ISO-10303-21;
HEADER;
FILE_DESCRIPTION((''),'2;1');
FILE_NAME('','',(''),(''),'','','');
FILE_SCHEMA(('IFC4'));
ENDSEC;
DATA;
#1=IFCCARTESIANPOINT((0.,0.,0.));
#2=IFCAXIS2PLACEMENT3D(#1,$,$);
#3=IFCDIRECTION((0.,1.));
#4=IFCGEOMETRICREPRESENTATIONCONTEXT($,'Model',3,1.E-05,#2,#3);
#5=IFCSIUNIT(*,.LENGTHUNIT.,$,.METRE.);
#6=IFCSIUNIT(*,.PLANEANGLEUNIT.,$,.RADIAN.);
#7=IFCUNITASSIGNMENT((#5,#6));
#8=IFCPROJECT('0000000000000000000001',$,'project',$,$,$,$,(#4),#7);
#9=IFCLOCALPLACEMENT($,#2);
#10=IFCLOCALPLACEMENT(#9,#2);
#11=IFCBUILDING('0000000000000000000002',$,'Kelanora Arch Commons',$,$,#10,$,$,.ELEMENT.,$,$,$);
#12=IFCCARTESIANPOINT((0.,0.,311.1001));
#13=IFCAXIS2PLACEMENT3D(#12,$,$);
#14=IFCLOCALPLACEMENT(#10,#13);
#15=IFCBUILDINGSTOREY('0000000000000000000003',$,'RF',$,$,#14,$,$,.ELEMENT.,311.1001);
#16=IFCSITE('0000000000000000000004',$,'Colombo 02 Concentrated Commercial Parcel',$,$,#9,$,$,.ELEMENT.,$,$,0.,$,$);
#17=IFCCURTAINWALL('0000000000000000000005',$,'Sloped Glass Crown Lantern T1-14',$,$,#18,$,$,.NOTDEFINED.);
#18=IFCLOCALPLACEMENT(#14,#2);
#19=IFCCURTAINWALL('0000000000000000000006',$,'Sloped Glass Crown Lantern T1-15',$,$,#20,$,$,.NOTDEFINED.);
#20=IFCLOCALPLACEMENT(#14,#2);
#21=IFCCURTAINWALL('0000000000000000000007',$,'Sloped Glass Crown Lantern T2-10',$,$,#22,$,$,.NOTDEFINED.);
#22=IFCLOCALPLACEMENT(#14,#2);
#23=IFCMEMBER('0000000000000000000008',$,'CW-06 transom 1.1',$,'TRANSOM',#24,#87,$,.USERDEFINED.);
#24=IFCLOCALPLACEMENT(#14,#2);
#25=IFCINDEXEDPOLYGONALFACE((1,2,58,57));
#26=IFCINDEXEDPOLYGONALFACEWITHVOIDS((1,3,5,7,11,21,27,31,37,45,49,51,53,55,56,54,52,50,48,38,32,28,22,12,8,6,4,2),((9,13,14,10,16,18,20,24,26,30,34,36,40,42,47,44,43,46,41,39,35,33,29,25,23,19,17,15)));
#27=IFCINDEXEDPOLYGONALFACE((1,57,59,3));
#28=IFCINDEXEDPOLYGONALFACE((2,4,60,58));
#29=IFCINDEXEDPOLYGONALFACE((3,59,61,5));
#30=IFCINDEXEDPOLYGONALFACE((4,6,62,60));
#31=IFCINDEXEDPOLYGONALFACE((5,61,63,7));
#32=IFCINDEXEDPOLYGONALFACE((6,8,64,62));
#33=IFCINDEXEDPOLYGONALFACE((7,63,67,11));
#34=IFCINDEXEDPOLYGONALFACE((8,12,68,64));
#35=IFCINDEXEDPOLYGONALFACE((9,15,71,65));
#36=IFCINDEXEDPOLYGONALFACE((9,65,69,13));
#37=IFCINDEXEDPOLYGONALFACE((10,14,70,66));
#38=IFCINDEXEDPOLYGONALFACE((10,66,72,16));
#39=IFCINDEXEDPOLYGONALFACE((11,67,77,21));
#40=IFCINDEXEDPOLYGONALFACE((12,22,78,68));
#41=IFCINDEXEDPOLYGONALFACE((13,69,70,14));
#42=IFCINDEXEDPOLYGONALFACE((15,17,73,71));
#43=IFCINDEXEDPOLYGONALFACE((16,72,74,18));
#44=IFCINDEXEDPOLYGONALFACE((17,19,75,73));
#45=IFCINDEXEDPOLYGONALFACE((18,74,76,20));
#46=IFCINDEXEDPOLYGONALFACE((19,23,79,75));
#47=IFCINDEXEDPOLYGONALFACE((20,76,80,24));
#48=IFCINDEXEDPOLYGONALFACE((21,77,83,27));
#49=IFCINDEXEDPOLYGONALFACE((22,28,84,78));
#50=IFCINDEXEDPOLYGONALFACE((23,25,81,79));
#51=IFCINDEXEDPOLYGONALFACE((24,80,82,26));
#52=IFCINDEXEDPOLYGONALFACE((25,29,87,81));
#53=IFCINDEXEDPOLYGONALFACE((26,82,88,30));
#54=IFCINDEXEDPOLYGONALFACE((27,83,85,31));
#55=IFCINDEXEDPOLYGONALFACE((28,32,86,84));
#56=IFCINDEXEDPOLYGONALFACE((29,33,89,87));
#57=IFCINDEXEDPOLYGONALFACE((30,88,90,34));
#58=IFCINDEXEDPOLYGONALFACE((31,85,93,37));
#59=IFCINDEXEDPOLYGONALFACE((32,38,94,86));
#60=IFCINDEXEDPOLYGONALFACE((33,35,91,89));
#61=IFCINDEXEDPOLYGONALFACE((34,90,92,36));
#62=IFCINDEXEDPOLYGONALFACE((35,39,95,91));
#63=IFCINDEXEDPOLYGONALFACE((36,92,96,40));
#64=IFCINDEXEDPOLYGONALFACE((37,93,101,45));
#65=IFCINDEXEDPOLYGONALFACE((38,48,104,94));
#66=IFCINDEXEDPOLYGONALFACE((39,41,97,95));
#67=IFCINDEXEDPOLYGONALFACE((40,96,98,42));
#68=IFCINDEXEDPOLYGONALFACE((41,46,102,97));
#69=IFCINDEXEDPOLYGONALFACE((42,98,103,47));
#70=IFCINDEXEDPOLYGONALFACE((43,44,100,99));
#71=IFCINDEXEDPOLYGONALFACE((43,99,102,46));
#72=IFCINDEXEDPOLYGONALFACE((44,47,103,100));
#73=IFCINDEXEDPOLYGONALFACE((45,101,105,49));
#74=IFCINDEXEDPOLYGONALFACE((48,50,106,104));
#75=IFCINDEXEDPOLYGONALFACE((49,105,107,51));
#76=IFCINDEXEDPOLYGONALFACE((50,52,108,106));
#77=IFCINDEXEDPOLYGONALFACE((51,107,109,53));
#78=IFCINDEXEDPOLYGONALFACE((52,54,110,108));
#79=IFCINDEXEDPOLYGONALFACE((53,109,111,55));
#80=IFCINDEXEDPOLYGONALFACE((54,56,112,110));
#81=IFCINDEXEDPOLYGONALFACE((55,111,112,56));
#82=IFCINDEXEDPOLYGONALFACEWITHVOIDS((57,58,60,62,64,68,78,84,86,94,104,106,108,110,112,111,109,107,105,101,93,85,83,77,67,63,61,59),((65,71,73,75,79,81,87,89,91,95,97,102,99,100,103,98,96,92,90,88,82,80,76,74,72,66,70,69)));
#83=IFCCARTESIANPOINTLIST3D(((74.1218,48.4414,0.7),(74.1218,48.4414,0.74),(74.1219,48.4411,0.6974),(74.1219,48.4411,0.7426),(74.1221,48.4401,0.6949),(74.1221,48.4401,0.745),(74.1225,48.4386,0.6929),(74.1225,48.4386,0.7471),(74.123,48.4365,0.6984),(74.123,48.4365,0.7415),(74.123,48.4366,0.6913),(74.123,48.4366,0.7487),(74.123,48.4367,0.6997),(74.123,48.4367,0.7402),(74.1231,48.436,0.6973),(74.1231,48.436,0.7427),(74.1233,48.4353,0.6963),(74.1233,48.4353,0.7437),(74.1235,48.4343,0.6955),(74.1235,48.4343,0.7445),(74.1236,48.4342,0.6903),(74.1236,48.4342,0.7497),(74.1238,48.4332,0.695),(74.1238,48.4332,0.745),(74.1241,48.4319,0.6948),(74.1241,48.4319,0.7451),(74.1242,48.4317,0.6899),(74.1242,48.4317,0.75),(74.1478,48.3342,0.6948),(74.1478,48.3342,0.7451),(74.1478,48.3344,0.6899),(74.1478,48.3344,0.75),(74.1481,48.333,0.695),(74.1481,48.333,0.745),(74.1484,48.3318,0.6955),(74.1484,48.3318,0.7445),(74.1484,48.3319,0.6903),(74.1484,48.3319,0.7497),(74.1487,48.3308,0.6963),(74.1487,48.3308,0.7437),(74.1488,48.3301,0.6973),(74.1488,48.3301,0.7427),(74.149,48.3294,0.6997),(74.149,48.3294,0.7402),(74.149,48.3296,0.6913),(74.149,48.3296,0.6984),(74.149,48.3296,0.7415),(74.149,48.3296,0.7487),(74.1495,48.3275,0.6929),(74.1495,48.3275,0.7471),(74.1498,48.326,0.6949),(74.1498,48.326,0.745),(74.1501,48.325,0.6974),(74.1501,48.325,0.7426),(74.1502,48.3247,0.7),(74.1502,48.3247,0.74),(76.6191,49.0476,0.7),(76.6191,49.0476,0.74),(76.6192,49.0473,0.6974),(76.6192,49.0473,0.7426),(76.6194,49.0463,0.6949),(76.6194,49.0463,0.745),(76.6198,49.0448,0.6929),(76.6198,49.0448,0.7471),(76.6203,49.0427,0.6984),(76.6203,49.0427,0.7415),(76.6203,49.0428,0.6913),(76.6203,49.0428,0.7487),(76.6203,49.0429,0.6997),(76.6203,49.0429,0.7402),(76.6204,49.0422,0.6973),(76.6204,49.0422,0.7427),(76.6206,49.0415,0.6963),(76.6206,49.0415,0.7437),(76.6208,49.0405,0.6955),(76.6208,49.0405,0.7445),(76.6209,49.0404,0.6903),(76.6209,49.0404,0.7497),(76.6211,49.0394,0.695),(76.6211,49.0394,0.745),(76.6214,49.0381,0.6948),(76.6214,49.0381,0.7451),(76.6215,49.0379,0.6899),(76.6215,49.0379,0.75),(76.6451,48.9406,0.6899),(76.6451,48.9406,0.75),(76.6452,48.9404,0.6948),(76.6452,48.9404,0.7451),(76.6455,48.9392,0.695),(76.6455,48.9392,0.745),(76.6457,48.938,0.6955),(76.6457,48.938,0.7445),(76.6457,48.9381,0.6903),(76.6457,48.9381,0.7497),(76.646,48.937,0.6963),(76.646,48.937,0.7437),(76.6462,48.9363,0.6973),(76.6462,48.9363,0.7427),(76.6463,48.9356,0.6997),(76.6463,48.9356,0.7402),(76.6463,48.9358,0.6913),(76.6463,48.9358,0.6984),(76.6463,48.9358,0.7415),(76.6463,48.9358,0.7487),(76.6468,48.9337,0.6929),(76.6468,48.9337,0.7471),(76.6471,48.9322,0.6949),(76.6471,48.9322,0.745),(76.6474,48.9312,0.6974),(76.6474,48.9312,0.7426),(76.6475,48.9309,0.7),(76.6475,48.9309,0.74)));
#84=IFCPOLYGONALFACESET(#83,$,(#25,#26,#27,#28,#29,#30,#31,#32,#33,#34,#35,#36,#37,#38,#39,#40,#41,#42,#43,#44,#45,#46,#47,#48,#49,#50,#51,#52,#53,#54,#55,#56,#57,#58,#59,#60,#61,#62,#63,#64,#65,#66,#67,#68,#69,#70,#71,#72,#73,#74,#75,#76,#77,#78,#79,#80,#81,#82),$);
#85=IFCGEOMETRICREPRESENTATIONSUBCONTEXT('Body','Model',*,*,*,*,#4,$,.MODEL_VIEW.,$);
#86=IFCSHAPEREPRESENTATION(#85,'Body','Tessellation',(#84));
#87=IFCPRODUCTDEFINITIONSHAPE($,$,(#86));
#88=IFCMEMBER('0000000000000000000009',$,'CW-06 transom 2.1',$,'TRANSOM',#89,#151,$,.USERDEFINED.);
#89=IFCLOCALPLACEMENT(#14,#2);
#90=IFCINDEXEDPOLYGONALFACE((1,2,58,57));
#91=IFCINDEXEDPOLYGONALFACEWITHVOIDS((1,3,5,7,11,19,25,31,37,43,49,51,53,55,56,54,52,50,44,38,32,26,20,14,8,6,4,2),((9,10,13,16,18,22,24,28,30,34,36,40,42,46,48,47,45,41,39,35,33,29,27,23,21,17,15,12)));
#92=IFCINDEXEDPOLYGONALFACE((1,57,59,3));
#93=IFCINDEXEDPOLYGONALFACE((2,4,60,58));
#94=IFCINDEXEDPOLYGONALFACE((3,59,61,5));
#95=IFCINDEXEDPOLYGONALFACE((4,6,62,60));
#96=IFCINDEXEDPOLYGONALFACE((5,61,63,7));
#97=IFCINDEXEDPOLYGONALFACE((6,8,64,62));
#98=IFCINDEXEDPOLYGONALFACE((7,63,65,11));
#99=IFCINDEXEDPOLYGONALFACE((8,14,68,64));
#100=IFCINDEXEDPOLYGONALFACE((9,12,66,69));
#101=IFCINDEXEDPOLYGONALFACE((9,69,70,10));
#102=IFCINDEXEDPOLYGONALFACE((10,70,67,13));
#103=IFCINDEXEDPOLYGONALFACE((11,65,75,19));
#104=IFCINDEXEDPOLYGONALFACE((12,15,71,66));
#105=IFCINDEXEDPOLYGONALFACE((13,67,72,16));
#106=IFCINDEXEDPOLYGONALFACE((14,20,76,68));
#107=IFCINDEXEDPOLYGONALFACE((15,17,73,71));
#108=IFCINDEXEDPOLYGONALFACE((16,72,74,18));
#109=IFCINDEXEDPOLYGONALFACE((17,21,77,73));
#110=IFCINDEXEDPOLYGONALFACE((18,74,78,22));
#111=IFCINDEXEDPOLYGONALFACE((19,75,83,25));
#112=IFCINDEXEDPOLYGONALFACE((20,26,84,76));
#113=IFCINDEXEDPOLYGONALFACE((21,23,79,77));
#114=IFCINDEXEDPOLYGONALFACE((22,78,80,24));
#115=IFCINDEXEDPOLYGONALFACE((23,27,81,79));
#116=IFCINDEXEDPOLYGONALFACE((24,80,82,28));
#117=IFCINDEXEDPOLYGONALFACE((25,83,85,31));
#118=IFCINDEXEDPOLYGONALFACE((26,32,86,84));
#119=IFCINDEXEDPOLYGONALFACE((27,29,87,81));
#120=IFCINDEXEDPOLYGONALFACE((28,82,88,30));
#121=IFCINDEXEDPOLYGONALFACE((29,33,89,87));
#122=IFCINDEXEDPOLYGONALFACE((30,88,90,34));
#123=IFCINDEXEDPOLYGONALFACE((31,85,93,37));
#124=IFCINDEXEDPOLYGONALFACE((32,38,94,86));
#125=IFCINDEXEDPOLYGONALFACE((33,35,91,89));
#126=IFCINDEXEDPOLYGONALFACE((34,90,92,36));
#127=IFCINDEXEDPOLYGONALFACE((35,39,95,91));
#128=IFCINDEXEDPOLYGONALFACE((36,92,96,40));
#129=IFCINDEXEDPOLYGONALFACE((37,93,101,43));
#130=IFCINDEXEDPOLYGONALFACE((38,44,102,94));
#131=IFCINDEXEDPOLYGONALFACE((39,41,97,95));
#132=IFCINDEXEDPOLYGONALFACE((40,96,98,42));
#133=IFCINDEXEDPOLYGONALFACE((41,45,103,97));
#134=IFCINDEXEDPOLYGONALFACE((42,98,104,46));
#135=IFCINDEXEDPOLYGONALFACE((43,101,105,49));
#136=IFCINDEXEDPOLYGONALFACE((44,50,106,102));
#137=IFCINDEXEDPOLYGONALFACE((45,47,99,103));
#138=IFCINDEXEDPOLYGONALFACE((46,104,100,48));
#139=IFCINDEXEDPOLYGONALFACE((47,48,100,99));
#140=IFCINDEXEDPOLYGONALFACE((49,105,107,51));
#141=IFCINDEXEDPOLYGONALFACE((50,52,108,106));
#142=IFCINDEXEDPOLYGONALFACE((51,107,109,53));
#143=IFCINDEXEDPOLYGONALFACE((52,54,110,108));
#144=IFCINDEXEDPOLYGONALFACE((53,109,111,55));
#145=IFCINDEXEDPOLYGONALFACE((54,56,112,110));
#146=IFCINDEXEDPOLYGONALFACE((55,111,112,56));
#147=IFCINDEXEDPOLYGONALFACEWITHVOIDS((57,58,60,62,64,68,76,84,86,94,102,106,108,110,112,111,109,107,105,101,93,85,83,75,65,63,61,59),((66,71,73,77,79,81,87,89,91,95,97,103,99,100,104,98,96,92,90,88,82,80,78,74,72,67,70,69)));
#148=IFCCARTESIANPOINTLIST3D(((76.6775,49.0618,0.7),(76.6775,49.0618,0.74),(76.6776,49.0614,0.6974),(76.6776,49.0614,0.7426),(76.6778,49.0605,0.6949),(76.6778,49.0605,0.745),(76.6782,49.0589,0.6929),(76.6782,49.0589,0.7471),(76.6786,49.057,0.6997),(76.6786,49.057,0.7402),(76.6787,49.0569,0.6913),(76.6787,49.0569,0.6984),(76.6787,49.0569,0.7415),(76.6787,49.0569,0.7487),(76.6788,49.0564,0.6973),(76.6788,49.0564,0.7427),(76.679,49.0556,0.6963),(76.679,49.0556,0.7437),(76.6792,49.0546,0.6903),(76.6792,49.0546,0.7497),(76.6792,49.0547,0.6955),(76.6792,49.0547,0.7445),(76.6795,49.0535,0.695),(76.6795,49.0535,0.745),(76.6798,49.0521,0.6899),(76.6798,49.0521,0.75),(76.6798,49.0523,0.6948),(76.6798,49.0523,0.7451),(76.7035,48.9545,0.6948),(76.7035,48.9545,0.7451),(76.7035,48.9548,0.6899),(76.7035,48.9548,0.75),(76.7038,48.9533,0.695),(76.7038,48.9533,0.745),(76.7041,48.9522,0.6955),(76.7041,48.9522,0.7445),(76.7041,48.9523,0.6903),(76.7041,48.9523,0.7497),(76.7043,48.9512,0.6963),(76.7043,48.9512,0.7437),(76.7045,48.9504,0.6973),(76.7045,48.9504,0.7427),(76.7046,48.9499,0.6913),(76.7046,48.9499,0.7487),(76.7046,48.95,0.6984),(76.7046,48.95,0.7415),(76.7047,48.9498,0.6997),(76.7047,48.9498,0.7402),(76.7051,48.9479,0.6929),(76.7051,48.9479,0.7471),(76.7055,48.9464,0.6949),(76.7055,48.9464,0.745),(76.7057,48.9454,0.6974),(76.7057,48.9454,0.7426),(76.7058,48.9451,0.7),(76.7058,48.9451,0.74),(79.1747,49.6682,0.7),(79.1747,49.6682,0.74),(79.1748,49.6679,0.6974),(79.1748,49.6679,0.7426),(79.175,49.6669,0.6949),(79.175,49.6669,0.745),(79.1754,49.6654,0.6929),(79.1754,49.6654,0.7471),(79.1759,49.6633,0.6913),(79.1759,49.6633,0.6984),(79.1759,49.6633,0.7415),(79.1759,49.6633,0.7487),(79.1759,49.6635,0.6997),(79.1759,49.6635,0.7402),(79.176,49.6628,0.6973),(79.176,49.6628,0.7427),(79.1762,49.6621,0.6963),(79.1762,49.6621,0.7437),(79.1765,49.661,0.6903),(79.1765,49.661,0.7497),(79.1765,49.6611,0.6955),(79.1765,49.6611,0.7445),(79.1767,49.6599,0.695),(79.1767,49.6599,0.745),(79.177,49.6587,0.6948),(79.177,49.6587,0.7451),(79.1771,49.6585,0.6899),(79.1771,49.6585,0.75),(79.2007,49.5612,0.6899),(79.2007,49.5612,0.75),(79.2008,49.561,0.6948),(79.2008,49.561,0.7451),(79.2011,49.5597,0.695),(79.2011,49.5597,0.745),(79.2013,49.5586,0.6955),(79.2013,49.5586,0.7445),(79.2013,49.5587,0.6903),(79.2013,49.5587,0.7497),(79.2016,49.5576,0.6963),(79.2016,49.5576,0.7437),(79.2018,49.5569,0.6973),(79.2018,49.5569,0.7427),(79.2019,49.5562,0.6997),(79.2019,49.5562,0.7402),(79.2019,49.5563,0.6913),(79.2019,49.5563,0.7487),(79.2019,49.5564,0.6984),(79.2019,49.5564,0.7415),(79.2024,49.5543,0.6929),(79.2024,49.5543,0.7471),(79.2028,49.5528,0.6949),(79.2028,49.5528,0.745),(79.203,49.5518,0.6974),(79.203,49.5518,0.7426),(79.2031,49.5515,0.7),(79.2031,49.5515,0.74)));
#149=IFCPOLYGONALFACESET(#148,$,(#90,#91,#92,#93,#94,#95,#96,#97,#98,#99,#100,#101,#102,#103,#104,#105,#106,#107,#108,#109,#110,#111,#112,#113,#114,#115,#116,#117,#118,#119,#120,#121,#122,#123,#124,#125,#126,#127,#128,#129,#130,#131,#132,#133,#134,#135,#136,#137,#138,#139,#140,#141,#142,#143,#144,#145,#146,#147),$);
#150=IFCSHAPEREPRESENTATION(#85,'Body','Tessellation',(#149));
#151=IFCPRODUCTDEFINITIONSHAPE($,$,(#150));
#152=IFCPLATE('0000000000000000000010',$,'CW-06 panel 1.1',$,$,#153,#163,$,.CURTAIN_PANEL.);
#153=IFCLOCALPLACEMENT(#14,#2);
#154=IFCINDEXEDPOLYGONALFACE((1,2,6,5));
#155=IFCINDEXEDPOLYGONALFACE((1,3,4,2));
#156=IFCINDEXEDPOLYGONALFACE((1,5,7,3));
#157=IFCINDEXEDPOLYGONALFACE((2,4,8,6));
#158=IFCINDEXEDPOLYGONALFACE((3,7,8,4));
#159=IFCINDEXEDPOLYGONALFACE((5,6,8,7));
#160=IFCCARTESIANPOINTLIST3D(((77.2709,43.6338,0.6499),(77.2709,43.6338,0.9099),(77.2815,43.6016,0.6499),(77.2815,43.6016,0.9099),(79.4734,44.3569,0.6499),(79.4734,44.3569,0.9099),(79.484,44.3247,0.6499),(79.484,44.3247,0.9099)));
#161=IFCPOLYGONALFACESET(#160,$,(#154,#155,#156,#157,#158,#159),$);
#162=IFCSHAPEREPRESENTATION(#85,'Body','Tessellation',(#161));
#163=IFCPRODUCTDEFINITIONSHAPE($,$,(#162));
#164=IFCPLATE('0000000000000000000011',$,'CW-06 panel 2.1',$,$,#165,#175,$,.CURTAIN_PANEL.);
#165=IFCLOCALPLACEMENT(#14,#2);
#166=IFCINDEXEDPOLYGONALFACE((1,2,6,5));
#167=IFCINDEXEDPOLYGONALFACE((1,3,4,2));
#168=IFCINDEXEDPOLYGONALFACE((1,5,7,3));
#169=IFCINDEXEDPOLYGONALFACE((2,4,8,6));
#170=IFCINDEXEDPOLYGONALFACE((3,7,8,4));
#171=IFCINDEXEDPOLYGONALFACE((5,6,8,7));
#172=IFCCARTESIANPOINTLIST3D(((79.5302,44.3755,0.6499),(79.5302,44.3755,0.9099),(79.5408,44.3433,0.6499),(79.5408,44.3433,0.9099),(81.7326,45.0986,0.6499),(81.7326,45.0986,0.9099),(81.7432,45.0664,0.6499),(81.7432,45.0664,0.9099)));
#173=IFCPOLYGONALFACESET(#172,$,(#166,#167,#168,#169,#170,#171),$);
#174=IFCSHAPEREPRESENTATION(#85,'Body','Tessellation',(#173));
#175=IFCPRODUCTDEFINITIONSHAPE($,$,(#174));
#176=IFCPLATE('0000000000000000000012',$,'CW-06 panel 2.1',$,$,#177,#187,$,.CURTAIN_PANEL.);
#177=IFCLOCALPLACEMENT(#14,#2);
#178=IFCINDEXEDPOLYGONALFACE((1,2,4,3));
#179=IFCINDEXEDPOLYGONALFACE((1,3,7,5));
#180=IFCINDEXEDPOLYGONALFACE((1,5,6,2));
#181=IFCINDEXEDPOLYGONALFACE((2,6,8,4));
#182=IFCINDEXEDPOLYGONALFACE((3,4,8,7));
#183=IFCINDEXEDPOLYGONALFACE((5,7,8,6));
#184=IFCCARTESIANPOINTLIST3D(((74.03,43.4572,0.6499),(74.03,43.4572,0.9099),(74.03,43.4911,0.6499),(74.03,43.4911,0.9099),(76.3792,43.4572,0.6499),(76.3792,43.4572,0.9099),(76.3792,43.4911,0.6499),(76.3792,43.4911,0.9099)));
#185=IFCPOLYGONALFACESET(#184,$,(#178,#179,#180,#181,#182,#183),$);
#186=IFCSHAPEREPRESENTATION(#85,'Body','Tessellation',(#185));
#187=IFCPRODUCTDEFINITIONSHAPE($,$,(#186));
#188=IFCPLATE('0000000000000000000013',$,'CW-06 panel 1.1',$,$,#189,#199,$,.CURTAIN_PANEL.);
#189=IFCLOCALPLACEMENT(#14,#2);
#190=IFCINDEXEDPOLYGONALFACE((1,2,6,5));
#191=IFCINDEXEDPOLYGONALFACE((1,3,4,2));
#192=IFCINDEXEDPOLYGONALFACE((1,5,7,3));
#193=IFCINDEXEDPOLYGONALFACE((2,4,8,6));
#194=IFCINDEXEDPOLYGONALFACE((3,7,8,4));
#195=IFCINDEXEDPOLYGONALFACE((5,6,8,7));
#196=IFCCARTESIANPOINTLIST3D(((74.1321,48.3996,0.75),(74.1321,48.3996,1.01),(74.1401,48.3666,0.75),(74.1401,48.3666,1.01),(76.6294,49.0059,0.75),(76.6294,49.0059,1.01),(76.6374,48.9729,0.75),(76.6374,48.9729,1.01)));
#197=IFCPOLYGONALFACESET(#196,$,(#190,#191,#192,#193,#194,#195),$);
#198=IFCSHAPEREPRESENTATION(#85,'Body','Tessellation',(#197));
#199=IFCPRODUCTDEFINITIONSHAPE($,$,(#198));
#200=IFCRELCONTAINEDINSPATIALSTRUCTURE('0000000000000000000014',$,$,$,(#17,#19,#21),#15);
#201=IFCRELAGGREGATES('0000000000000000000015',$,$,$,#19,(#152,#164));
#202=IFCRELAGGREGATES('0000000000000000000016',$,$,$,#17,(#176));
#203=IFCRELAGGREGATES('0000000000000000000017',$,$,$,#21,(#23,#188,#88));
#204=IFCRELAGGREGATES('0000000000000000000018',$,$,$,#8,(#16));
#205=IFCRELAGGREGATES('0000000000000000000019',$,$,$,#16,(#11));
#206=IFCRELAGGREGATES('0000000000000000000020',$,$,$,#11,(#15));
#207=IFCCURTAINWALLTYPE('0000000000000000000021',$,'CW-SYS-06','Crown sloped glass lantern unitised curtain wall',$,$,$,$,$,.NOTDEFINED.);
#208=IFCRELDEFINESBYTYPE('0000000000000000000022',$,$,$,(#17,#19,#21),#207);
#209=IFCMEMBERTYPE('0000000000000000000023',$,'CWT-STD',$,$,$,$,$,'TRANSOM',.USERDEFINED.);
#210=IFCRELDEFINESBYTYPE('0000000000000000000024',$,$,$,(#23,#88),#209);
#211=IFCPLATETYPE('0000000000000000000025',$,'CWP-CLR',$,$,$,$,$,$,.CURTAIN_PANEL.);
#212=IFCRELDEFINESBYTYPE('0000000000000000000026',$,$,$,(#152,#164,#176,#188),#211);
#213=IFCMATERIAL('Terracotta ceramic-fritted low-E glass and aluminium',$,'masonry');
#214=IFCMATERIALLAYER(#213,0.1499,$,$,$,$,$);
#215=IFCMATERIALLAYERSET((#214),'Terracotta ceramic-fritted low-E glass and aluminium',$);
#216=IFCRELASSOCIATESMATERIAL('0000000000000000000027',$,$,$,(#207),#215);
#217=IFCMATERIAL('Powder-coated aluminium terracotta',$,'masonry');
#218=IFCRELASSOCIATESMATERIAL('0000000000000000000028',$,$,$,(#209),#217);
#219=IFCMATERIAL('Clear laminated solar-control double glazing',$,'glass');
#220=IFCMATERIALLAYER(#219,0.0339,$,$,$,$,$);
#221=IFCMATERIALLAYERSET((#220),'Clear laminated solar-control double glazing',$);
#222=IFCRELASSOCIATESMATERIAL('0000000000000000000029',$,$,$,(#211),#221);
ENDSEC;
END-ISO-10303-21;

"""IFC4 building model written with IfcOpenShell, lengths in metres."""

from ifc_helpers import new_model, si_unit, direction, frame, origin, origin_2d, place, context, subcontext, project, spatial, rectangle, hollow_rectangle, extrude, source, transform, mapped, material, layer, layer_set, material_profile, profile_set, type_object, element, aggregate, save


model = new_model("IFC4")

# Units and contexts
model_context = context("Model", 3, precision=1e-05, world=origin(), true_north=direction((0.0, 1.0)))
body_context = subcontext(model_context, "Body", "Model", "MODEL_VIEW")
ifc_project = project(units=[si_unit("LENGTHUNIT", "METRE"), si_unit("PLANEANGLEUNIT", "RADIAN")], contexts=[model_context])

# Site, building, storey
site_placement = place(None, origin())
site = spatial("IfcSite", under=ifc_project, at=site_placement, Name="Colombo 02 Concentrated Commercial Parcel", CompositionType="ELEMENT", RefElevation=0.0)
building_placement = place(site_placement, origin())
building = spatial("IfcBuilding", under=site, at=building_placement, Name="Kelanora Arch Commons", CompositionType="ELEMENT")
storey_placement = place(building_placement, frame((0.0, 0.0, 311.1001)))
storey = spatial("IfcBuildingStorey", under=building, at=storey_placement, Name="RF", CompositionType="ELEMENT", Elevation=311.1001)

# Curtain walls
ifc_material_1 = material(Name="Terracotta ceramic-fritted low-E glass and aluminium", Category="masonry")
ifc_layer_1 = layer(ifc_material_1, 0.1499)
ifc_layer_set_1 = layer_set([ifc_layer_1], Name="Terracotta ceramic-fritted low-E glass and aluminium")
curtain_wall_type = type_object("IfcCurtainWallType", Name="CW-SYS-06", Description="Crown sloped glass lantern unitised curtain wall", PredefinedType="NOTDEFINED", material=ifc_layer_set_1)
curtain_wall_1_placement = place(storey_placement, origin())
curtain_wall_1 = element("IfcCurtainWall", 1, at=curtain_wall_1_placement, inside=storey, type_object=curtain_wall_type, Name="Sloped Glass Crown Lantern T1-14", PredefinedType="NOTDEFINED")
ifc_material_2 = material(Name="Powder-coated aluminium terracotta", Category="masonry")
curtain_wall_2_placement = place(storey_placement, origin())
curtain_wall_2 = element("IfcCurtainWall", 2, at=curtain_wall_2_placement, inside=storey, type_object=curtain_wall_type, Name="Sloped Glass Crown Lantern T1-15", PredefinedType="NOTDEFINED")

# Curtain wall
curtain_wall_3_placement = place(storey_placement, origin())
curtain_wall_3 = element("IfcCurtainWall", 3, at=curtain_wall_3_placement, inside=storey, type_object=curtain_wall_type, Name="Sloped Glass Crown Lantern T2-10", PredefinedType="NOTDEFINED")

# Members
ifc_material_profile_1 = material_profile(ifc_material_2, hollow_rectangle(XDim=0.1201, YDim=0.0601, WallThickness=0.0049, InnerFilletRadius=0.0049, OuterFilletRadius=0.01, at=origin_2d()), Name="CWT120x60")
ifc_profile_set_1 = profile_set([ifc_material_profile_1], Name="Powder-coated aluminium terracotta")
member_type_1 = type_object("IfcMemberType", Name="CWT-STD", ElementType="TRANSOM", PredefinedType="USERDEFINED", material=ifc_profile_set_1)
member_1_placement = place(storey_placement, frame((74.136, 48.3831, 0.72), z_axis=(0.97178, 0.235891, 0.0), x_axis=(-0.235891, 0.97178, 0.0)))
member_1 = element("IfcMember", 4, at=member_1_placement, type_object=member_type_1, Name="CW-06 transom 1.1", ObjectType="TRANSOM", PredefinedType="USERDEFINED", context=body_context, shape_type="SweptSolid", body=[
    extrude(hollow_rectangle(XDim=0.1201, YDim=0.0601, WallThickness=0.0049, InnerFilletRadius=0.0049, OuterFilletRadius=0.01, at=origin_2d()), origin(), (0.0, 0.0, 1.0), 2.5698),
])
member_2_placement = place(storey_placement, frame((76.6917, 49.0034, 0.72), z_axis=(0.971758, 0.235981, 0.0), x_axis=(-0.235981, 0.971758, 0.0)))
member_2 = element("IfcMember", 5, at=member_2_placement, type_object=member_type_1, Name="CW-06 transom 2.1", ObjectType="TRANSOM", PredefinedType="USERDEFINED", context=body_context, shape_type="SweptSolid", body=[
    extrude(hollow_rectangle(XDim=0.1201, YDim=0.0601, WallThickness=0.0049, InnerFilletRadius=0.0049, OuterFilletRadius=0.01, at=origin_2d()), origin(), (0.0, 0.0, 1.0), 2.5698),
])

# Plates
ifc_material_3 = material(Name="Clear laminated solar-control double glazing", Category="glass")
ifc_layer_2 = layer(ifc_material_3, 0.0339)
ifc_layer_set_2 = layer_set([ifc_layer_2], Name="Clear laminated solar-control double glazing")
plate_type = type_object("IfcPlateType", Name="CWP-CLR", PredefinedType="CURTAIN_PANEL", material=ifc_layer_set_2)
shared_shape_1 = source(origin(), body_context, "Body", "SweptSolid", [
    extrude(rectangle(XDim=2.3181, YDim=0.0339, at=origin_2d()), origin(), (0.0, 0.0, 1.0), 0.26),
])
plate_1_placement = place(storey_placement, frame((78.3774, 43.9792, 0.6499), z_axis=(0.0, 0.0, 1.0), x_axis=(0.9501, 0.311945, 0.0)))
plate_1 = element("IfcPlate", 6, at=plate_1_placement, type_object=plate_type, Name="CW-06 panel 1.1", PredefinedType="CURTAIN_PANEL", context=body_context, shape_type="MappedRepresentation", body=[
    mapped(shared_shape_1, transform((0.0, 0.0, 0.0), scale=1.0)),
])
plate_2_placement = place(storey_placement, frame((80.6367, 44.7209, 0.6499), z_axis=(0.0, 0.0, 1.0), x_axis=(0.9501, 0.311945, 0.0)))
plate_2 = element("IfcPlate", 7, at=plate_2_placement, type_object=plate_type, Name="CW-06 panel 2.1", PredefinedType="CURTAIN_PANEL", context=body_context, shape_type="MappedRepresentation", body=[
    mapped(shared_shape_1, transform((0.0, 0.0, 0.0), scale=1.0)),
])
aggregate(curtain_wall_2, [plate_1, plate_2])
shared_shape_2 = source(origin(), body_context, "Body", "SweptSolid", [
    extrude(rectangle(XDim=2.3491, YDim=0.0339, at=origin_2d()), origin(), (0.0, 0.0, 1.0), 0.26),
])
plate_3_placement = place(storey_placement, frame((75.2046, 43.4741, 0.6499), z_axis=(0.0, 0.0, 1.0), x_axis=(1.0, 0.0, 0.0)))
plate_3 = element("IfcPlate", 8, at=plate_3_placement, type_object=plate_type, Name="CW-06 panel 2.1", PredefinedType="CURTAIN_PANEL", context=body_context, shape_type="MappedRepresentation", body=[
    mapped(shared_shape_2, transform((0.0, 0.0, 0.0), scale=1.0)),
])
aggregate(curtain_wall_1, [plate_3])
shared_shape_3 = source(origin(), body_context, "Body", "SweptSolid", [
    extrude(rectangle(XDim=2.5698, YDim=0.0339, at=origin_2d()), origin(), (0.0, 0.0, 1.0), 0.26),
])
plate_4_placement = place(storey_placement, frame((75.3848, 48.6863, 0.75), z_axis=(0.0, 0.0, 1.0), x_axis=(0.97177, 0.235931, 0.0)))
plate_4 = element("IfcPlate", 9, at=plate_4_placement, type_object=plate_type, Name="CW-06 panel 1.1", PredefinedType="CURTAIN_PANEL", context=body_context, shape_type="MappedRepresentation", body=[
    mapped(shared_shape_3, transform((0.0, 0.0, 0.0), scale=1.0)),
])
aggregate(curtain_wall_3, [member_1, plate_4, member_2])

save(model, "model.ifc")
